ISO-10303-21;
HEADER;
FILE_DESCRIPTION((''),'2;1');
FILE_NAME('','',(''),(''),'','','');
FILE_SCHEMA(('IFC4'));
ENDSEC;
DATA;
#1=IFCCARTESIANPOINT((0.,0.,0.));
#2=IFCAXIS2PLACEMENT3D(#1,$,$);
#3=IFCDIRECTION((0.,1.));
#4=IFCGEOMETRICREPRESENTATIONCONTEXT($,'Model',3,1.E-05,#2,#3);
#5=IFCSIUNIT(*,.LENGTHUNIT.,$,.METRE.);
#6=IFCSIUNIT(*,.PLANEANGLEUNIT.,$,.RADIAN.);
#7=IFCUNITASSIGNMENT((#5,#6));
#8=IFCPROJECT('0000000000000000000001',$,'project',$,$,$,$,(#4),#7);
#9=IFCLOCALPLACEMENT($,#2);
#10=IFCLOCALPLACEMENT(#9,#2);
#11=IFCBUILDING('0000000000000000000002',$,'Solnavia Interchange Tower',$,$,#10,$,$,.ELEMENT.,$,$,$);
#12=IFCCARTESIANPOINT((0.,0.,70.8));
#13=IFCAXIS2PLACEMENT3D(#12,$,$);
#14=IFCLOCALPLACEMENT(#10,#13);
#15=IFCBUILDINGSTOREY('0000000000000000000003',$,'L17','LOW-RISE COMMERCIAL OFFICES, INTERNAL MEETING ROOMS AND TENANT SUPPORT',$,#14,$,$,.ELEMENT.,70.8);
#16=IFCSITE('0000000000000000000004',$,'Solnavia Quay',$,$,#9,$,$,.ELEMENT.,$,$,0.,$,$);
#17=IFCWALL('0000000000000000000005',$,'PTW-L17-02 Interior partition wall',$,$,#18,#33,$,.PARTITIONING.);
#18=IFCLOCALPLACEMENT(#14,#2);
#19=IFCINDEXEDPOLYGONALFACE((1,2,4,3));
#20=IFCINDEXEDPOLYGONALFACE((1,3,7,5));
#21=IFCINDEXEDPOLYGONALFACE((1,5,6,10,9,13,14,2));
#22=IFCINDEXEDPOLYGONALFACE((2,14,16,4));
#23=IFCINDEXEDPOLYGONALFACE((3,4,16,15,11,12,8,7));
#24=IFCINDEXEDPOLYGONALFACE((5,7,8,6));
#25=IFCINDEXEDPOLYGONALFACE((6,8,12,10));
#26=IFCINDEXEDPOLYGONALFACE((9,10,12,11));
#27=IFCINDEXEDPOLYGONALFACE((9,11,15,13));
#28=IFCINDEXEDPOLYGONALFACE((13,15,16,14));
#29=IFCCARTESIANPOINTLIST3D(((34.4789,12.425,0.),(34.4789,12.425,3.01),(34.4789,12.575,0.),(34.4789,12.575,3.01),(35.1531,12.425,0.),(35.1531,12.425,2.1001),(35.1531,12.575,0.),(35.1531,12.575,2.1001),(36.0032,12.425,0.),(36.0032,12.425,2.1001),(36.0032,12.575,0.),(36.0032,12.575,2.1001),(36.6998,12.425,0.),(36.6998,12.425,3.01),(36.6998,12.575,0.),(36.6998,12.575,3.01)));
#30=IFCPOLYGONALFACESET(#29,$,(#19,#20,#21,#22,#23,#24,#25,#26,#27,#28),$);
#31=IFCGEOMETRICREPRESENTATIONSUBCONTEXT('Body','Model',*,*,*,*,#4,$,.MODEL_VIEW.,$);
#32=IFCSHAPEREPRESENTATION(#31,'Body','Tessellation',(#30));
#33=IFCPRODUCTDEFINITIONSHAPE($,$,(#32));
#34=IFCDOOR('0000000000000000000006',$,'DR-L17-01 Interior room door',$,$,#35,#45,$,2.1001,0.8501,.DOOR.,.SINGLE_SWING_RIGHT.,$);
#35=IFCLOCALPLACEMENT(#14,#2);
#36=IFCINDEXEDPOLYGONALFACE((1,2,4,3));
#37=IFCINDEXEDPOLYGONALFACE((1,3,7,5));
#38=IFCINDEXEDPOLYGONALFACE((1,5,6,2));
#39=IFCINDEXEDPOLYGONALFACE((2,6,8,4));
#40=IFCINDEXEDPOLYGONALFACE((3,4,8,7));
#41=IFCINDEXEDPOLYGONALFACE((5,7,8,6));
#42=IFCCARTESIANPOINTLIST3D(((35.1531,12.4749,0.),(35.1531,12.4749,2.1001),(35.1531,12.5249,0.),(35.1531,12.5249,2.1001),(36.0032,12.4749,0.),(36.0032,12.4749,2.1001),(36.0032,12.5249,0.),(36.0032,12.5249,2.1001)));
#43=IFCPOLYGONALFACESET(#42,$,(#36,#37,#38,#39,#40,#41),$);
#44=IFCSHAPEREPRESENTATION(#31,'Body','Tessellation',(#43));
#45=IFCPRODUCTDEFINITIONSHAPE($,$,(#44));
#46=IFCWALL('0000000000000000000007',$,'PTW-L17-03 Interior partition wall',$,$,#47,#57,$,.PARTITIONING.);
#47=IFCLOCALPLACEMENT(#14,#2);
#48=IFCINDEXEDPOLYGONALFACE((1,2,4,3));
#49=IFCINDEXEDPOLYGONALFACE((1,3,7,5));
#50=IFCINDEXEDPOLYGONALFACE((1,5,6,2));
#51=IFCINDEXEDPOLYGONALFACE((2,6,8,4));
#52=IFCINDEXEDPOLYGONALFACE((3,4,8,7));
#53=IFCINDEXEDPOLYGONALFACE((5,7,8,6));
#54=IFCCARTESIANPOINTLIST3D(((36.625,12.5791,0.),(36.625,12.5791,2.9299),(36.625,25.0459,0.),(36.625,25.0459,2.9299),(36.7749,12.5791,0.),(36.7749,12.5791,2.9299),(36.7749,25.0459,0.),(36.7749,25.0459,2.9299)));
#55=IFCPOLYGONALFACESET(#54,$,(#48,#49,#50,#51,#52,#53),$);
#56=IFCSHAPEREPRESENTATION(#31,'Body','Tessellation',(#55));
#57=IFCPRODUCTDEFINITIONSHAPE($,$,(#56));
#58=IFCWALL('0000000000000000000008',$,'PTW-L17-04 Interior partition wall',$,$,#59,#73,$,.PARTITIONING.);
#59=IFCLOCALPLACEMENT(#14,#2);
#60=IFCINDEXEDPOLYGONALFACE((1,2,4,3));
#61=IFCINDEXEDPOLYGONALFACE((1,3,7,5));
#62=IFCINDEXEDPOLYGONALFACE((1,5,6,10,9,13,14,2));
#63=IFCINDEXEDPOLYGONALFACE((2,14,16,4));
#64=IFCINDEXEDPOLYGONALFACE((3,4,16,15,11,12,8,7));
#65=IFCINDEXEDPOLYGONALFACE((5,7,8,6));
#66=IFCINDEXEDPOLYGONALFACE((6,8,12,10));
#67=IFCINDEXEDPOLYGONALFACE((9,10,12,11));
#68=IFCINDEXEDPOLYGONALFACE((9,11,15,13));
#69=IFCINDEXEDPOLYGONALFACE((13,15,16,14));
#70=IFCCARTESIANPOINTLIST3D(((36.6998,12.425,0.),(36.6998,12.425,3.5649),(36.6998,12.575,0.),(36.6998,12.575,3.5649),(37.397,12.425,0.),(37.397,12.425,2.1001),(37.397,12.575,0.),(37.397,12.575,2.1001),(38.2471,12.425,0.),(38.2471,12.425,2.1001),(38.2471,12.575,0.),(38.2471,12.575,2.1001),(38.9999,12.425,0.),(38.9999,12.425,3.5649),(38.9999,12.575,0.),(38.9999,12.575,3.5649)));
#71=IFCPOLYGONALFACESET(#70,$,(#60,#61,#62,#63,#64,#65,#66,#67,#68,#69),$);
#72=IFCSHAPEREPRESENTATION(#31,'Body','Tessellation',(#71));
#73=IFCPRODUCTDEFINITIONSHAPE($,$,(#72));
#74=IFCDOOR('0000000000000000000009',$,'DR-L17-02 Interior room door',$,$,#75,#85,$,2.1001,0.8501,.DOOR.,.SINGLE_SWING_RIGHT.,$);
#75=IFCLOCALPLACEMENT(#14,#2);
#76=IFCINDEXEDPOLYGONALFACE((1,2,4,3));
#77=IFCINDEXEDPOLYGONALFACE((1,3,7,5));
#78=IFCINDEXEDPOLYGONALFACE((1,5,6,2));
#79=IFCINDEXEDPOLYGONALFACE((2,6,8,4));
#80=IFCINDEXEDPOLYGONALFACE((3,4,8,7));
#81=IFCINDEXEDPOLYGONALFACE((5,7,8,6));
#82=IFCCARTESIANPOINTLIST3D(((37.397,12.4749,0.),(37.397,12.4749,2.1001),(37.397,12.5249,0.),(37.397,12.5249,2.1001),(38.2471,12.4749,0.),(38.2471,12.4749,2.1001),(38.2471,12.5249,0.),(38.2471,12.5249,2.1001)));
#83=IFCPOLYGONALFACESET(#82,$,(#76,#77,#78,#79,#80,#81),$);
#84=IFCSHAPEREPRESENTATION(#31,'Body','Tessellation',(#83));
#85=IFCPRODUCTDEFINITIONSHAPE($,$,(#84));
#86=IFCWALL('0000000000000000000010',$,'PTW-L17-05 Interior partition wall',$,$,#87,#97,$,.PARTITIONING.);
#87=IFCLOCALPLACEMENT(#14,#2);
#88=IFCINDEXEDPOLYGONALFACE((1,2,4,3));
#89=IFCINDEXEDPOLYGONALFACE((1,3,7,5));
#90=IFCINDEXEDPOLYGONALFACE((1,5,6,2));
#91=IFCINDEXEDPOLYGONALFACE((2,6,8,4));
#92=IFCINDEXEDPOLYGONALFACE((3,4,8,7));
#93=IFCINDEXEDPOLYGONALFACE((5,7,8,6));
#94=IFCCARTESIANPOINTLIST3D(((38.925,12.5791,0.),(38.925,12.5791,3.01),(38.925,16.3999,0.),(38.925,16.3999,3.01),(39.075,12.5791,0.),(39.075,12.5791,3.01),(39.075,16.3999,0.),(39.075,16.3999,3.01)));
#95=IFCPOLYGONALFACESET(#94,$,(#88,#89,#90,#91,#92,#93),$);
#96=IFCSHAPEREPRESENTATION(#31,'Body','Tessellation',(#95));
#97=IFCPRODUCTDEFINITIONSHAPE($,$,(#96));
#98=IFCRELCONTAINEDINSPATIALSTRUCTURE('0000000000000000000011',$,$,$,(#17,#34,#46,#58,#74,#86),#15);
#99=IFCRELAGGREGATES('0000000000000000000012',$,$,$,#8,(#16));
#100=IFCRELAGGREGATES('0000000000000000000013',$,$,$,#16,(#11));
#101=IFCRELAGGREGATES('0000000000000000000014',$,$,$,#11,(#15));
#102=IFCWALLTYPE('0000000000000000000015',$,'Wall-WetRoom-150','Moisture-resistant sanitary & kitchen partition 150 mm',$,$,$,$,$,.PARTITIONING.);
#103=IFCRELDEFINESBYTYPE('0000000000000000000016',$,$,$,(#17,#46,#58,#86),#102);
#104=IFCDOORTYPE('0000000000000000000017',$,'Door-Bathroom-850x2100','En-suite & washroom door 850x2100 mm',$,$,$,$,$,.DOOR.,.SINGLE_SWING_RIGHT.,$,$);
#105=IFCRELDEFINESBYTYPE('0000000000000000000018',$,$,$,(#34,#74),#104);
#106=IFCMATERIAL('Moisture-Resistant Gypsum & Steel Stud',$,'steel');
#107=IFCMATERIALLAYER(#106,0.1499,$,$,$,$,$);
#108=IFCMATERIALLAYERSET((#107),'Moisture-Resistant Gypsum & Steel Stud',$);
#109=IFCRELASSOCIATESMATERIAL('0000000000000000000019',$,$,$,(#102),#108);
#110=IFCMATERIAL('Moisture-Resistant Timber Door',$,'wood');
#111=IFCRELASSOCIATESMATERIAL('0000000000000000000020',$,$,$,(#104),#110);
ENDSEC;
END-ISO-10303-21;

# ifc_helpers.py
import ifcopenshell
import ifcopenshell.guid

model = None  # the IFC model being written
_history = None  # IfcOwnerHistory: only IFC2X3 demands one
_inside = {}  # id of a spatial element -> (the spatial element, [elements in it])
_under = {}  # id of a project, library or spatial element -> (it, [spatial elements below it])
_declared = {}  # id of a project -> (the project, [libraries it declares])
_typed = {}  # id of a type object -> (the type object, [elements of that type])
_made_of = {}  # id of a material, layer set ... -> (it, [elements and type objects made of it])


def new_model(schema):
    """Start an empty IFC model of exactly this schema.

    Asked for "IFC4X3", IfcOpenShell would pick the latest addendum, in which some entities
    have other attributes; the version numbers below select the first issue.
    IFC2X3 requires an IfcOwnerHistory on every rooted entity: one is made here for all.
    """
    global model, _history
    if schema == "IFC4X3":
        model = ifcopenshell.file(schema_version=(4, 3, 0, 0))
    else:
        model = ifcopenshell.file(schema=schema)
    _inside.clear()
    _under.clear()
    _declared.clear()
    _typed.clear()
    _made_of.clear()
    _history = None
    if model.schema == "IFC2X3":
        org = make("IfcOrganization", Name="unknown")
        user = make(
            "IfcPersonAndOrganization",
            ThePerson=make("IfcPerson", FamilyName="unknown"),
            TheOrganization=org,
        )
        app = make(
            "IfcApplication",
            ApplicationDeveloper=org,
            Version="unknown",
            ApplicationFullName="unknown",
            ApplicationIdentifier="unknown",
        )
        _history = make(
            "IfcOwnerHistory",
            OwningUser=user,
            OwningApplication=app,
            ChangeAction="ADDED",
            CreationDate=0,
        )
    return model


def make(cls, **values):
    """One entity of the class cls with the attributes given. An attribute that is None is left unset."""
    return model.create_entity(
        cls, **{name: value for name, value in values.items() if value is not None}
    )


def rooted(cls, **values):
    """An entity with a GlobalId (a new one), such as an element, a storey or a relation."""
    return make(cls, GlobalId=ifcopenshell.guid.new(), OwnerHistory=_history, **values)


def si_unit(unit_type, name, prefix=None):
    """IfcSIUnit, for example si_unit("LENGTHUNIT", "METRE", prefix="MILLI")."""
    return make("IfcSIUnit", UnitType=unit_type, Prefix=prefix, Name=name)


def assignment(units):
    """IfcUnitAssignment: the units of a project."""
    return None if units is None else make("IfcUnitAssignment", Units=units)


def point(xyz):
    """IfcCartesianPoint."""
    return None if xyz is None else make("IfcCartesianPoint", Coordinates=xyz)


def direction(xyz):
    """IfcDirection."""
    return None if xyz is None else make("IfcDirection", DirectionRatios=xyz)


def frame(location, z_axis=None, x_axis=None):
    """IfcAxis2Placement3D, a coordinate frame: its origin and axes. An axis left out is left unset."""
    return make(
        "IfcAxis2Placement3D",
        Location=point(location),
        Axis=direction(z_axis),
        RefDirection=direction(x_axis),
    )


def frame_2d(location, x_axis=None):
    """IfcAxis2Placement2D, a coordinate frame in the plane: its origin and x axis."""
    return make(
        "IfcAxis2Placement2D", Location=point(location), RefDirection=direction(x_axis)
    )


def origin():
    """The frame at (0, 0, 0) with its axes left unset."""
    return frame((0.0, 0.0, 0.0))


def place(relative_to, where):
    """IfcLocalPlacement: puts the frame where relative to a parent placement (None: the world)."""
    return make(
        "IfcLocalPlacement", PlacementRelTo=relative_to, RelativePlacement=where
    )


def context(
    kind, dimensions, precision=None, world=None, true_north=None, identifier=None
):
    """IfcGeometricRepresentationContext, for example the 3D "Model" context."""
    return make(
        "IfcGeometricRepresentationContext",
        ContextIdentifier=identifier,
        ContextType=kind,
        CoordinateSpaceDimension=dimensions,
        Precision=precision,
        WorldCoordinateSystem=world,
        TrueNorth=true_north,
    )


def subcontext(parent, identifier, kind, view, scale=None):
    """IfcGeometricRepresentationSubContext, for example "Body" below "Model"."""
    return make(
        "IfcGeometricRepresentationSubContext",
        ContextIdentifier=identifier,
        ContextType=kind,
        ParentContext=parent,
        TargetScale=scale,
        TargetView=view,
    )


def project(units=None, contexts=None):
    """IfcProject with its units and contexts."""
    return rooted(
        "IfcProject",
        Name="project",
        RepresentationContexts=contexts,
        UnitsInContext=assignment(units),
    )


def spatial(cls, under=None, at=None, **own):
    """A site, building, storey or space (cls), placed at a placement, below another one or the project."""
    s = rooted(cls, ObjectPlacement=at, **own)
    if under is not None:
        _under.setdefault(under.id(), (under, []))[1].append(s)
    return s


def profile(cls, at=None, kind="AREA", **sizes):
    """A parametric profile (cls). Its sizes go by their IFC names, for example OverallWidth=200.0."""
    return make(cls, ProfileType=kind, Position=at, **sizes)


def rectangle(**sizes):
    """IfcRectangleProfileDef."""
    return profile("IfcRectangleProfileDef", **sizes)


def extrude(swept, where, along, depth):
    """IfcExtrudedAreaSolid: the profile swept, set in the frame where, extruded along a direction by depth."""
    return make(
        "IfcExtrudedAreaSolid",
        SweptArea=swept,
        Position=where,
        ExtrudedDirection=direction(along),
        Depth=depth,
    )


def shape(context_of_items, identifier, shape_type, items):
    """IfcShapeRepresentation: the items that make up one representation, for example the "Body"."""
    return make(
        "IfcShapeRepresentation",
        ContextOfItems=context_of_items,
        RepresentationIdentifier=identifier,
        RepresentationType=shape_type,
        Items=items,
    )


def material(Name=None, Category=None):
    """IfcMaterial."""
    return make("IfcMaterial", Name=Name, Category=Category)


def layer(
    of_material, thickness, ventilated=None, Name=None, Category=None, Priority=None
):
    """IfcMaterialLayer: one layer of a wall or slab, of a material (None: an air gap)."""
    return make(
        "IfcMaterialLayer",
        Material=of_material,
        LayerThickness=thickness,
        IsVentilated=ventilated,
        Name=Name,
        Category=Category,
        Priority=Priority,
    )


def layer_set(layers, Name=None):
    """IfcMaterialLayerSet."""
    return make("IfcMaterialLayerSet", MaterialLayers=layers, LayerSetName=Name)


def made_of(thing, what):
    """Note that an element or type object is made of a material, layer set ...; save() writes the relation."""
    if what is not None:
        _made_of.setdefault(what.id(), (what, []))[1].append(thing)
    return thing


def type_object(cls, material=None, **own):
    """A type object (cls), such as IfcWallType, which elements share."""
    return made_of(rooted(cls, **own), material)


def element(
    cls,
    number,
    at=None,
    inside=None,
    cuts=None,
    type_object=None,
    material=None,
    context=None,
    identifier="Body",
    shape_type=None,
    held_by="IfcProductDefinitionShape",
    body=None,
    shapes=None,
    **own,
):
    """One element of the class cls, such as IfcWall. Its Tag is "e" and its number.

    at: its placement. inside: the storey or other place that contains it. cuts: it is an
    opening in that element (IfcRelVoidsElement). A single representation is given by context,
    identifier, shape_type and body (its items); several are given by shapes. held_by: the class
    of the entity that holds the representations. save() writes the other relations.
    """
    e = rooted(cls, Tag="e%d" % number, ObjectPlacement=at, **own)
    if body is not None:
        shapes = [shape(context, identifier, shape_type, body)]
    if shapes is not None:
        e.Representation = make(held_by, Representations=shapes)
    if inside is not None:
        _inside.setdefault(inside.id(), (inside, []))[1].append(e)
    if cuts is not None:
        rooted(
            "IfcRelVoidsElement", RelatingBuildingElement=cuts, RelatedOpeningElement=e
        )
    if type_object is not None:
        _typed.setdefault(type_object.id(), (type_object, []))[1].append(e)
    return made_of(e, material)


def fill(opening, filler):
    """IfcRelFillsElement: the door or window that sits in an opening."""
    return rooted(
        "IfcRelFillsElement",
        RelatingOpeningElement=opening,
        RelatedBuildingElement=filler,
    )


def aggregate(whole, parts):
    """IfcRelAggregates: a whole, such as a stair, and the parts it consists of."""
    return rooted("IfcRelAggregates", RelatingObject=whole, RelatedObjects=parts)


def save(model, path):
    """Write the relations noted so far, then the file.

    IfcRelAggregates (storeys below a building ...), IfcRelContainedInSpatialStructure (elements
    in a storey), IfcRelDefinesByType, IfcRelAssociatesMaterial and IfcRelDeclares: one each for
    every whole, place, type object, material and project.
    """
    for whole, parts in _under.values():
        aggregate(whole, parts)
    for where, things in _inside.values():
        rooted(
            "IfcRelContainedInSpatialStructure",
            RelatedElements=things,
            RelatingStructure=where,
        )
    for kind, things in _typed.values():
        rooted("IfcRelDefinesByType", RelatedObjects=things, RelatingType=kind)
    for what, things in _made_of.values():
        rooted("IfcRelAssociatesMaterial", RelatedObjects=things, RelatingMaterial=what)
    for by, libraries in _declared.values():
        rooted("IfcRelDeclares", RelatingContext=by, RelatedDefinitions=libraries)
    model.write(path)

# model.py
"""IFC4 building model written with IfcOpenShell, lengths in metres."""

from ifc_helpers import new_model, si_unit, direction, frame, frame_2d, origin, place, context, subcontext, project, spatial, rectangle, extrude, material, layer, layer_set, type_object, element, fill, save


model = new_model("IFC4")

# Units and contexts
model_context = context("Model", 3, precision=1e-05, world=origin(), true_north=direction((0.0, 1.0)))
body_context = subcontext(model_context, "Body", "Model", "MODEL_VIEW")
ifc_project = project(units=[si_unit("LENGTHUNIT", "METRE"), si_unit("PLANEANGLEUNIT", "RADIAN")], contexts=[model_context])

# Site, building, storey
site_placement = place(None, origin())
site = spatial("IfcSite", under=ifc_project, at=site_placement, Name="Solnavia Quay", CompositionType="ELEMENT", RefElevation=0.0)
building_placement = place(site_placement, origin())
building = spatial("IfcBuilding", under=site, at=building_placement, Name="Solnavia Interchange Tower", CompositionType="ELEMENT")
storey_placement = place(building_placement, frame((0.0, 0.0, 70.8)))
storey = spatial("IfcBuildingStorey", under=building, at=storey_placement, Name="L17", Description="LOW-RISE COMMERCIAL OFFICES, INTERNAL MEETING ROOMS AND TENANT SUPPORT", CompositionType="ELEMENT", Elevation=70.8)

# Shared definitions
ifc_material_1 = material(Name="Moisture-Resistant Gypsum & Steel Stud", Category="steel")
ifc_layer_1 = layer(ifc_material_1, 0.1499)
ifc_layer_set_1 = layer_set([ifc_layer_1], Name="Moisture-Resistant Gypsum & Steel Stud")
wall_type_1 = type_object("IfcWallType", Name="Wall-WetRoom-150", Description="Moisture-resistant sanitary & kitchen partition 150 mm", PredefinedType="PARTITIONING", material=ifc_layer_set_1)

# Wall, opening, door
wall_1_placement = place(storey_placement, frame((34.479, 12.5, 0.0), z_axis=(0.0, 0.0, 1.0), x_axis=(1.0, 0.0, 0.0)))
wall_1 = element("IfcWall", 1, at=wall_1_placement, inside=storey, type_object=wall_type_1, Name="PTW-L17-02 Interior partition wall", PredefinedType="PARTITIONING", context=body_context, shape_type="SweptSolid", body=[
    extrude(rectangle(XDim=2.2209, YDim=0.1499, at=frame_2d((1.1104, 0.0))), origin(), (0.0, 0.0, 1.0), 3.01),
])
opening_1_placement = place(wall_1_placement, frame((0.6741, 0.0, 0.0)))
opening_1 = element("IfcOpeningElement", 2, at=opening_1_placement, cuts=wall_1, PredefinedType="OPENING", context=body_context, shape_type="SweptSolid", body=[
    extrude(rectangle(XDim=0.8501, YDim=2.1001, at=frame_2d((0.425, 1.05))), frame((0.0, 0.085, 0.0), z_axis=(0.0, -1.0, 0.0), x_axis=(1.0, 0.0, 0.0)), (0.0, 0.0, 1.0), 0.1699),
])
ifc_material_2 = material(Name="Moisture-Resistant Timber Door", Category="wood")
door_type_1 = type_object("IfcDoorType", Name="Door-Bathroom-850x2100", Description="En-suite & washroom door 850x2100 mm", OperationType="SINGLE_SWING_RIGHT", PredefinedType="DOOR", material=ifc_material_2)
door_1_placement = place(opening_1_placement, origin())
door_1 = element("IfcDoor", 3, at=door_1_placement, inside=storey, type_object=door_type_1, Name="DR-L17-01 Interior room door", OperationType="SINGLE_SWING_RIGHT", OverallHeight=2.1001, OverallWidth=0.8501, PredefinedType="DOOR", context=body_context, shape_type="SweptSolid", body=[
    extrude(rectangle(XDim=0.8501, YDim=2.1001, at=frame_2d((0.425, 1.05))), frame((0.0, 0.0249, 0.0), z_axis=(0.0, -1.0, 0.0), x_axis=(1.0, 0.0, 0.0)), (0.0, 0.0, 1.0), 0.05),
])
fill(opening_1, door_1)

# Wall
wall_2_placement = place(storey_placement, frame((36.7, 12.5791, 0.0), z_axis=(0.0, 0.0, 1.0), x_axis=(0.0, 1.0, 0.0)))
element("IfcWall", 4, at=wall_2_placement, inside=storey, type_object=wall_type_1, Name="PTW-L17-03 Interior partition wall", PredefinedType="PARTITIONING", context=body_context, shape_type="SweptSolid", body=[
    extrude(rectangle(XDim=12.4668, YDim=0.1499, at=frame_2d((6.2334, 0.0))), origin(), (0.0, 0.0, 1.0), 2.9299),
])

# Wall, opening, door
wall_3_placement = place(storey_placement, frame((36.7, 12.5, 0.0), z_axis=(0.0, 0.0, 1.0), x_axis=(1.0, 0.0, 0.0)))
wall_3 = element("IfcWall", 5, at=wall_3_placement, inside=storey, type_object=wall_type_1, Name="PTW-L17-04 Interior partition wall", PredefinedType="PARTITIONING", context=body_context, shape_type="SweptSolid", body=[
    extrude(rectangle(XDim=2.3, YDim=0.1499, at=frame_2d((1.1499, 0.0))), origin(), (0.0, 0.0, 1.0), 3.5649),
])
opening_2_placement = place(wall_3_placement, frame((0.697, 0.0, 0.0)))
opening_2 = element("IfcOpeningElement", 6, at=opening_2_placement, cuts=wall_3, PredefinedType="OPENING", context=body_context, shape_type="SweptSolid", body=[
    extrude(rectangle(XDim=0.8501, YDim=2.1001, at=frame_2d((0.425, 1.05))), frame((0.0, 0.085, 0.0), z_axis=(0.0, -1.0, 0.0), x_axis=(1.0, 0.0, 0.0)), (0.0, 0.0, 1.0), 0.1699),
])
door_2_placement = place(opening_2_placement, origin())
door_2 = element("IfcDoor", 7, at=door_2_placement, inside=storey, type_object=door_type_1, Name="DR-L17-02 Interior room door", OperationType="SINGLE_SWING_RIGHT", OverallHeight=2.1001, OverallWidth=0.8501, PredefinedType="DOOR", context=body_context, shape_type="SweptSolid", body=[
    extrude(rectangle(XDim=0.8501, YDim=2.1001, at=frame_2d((0.425, 1.05))), frame((0.0, 0.0249, 0.0), z_axis=(0.0, -1.0, 0.0), x_axis=(1.0, 0.0, 0.0)), (0.0, 0.0, 1.0), 0.05),
])
fill(opening_2, door_2)

# Wall
wall_4_placement = place(storey_placement, frame((39.0, 12.5791, 0.0), z_axis=(0.0, 0.0, 1.0), x_axis=(0.0, 1.0, 0.0)))
element("IfcWall", 8, at=wall_4_placement, inside=storey, type_object=wall_type_1, Name="PTW-L17-05 Interior partition wall", PredefinedType="PARTITIONING", context=body_context, shape_type="SweptSolid", body=[
    extrude(rectangle(XDim=3.8208, YDim=0.1499, at=frame_2d((1.9104, 0.0))), origin(), (0.0, 0.0, 1.0), 3.01),
])

save(model, "model.ifc")
